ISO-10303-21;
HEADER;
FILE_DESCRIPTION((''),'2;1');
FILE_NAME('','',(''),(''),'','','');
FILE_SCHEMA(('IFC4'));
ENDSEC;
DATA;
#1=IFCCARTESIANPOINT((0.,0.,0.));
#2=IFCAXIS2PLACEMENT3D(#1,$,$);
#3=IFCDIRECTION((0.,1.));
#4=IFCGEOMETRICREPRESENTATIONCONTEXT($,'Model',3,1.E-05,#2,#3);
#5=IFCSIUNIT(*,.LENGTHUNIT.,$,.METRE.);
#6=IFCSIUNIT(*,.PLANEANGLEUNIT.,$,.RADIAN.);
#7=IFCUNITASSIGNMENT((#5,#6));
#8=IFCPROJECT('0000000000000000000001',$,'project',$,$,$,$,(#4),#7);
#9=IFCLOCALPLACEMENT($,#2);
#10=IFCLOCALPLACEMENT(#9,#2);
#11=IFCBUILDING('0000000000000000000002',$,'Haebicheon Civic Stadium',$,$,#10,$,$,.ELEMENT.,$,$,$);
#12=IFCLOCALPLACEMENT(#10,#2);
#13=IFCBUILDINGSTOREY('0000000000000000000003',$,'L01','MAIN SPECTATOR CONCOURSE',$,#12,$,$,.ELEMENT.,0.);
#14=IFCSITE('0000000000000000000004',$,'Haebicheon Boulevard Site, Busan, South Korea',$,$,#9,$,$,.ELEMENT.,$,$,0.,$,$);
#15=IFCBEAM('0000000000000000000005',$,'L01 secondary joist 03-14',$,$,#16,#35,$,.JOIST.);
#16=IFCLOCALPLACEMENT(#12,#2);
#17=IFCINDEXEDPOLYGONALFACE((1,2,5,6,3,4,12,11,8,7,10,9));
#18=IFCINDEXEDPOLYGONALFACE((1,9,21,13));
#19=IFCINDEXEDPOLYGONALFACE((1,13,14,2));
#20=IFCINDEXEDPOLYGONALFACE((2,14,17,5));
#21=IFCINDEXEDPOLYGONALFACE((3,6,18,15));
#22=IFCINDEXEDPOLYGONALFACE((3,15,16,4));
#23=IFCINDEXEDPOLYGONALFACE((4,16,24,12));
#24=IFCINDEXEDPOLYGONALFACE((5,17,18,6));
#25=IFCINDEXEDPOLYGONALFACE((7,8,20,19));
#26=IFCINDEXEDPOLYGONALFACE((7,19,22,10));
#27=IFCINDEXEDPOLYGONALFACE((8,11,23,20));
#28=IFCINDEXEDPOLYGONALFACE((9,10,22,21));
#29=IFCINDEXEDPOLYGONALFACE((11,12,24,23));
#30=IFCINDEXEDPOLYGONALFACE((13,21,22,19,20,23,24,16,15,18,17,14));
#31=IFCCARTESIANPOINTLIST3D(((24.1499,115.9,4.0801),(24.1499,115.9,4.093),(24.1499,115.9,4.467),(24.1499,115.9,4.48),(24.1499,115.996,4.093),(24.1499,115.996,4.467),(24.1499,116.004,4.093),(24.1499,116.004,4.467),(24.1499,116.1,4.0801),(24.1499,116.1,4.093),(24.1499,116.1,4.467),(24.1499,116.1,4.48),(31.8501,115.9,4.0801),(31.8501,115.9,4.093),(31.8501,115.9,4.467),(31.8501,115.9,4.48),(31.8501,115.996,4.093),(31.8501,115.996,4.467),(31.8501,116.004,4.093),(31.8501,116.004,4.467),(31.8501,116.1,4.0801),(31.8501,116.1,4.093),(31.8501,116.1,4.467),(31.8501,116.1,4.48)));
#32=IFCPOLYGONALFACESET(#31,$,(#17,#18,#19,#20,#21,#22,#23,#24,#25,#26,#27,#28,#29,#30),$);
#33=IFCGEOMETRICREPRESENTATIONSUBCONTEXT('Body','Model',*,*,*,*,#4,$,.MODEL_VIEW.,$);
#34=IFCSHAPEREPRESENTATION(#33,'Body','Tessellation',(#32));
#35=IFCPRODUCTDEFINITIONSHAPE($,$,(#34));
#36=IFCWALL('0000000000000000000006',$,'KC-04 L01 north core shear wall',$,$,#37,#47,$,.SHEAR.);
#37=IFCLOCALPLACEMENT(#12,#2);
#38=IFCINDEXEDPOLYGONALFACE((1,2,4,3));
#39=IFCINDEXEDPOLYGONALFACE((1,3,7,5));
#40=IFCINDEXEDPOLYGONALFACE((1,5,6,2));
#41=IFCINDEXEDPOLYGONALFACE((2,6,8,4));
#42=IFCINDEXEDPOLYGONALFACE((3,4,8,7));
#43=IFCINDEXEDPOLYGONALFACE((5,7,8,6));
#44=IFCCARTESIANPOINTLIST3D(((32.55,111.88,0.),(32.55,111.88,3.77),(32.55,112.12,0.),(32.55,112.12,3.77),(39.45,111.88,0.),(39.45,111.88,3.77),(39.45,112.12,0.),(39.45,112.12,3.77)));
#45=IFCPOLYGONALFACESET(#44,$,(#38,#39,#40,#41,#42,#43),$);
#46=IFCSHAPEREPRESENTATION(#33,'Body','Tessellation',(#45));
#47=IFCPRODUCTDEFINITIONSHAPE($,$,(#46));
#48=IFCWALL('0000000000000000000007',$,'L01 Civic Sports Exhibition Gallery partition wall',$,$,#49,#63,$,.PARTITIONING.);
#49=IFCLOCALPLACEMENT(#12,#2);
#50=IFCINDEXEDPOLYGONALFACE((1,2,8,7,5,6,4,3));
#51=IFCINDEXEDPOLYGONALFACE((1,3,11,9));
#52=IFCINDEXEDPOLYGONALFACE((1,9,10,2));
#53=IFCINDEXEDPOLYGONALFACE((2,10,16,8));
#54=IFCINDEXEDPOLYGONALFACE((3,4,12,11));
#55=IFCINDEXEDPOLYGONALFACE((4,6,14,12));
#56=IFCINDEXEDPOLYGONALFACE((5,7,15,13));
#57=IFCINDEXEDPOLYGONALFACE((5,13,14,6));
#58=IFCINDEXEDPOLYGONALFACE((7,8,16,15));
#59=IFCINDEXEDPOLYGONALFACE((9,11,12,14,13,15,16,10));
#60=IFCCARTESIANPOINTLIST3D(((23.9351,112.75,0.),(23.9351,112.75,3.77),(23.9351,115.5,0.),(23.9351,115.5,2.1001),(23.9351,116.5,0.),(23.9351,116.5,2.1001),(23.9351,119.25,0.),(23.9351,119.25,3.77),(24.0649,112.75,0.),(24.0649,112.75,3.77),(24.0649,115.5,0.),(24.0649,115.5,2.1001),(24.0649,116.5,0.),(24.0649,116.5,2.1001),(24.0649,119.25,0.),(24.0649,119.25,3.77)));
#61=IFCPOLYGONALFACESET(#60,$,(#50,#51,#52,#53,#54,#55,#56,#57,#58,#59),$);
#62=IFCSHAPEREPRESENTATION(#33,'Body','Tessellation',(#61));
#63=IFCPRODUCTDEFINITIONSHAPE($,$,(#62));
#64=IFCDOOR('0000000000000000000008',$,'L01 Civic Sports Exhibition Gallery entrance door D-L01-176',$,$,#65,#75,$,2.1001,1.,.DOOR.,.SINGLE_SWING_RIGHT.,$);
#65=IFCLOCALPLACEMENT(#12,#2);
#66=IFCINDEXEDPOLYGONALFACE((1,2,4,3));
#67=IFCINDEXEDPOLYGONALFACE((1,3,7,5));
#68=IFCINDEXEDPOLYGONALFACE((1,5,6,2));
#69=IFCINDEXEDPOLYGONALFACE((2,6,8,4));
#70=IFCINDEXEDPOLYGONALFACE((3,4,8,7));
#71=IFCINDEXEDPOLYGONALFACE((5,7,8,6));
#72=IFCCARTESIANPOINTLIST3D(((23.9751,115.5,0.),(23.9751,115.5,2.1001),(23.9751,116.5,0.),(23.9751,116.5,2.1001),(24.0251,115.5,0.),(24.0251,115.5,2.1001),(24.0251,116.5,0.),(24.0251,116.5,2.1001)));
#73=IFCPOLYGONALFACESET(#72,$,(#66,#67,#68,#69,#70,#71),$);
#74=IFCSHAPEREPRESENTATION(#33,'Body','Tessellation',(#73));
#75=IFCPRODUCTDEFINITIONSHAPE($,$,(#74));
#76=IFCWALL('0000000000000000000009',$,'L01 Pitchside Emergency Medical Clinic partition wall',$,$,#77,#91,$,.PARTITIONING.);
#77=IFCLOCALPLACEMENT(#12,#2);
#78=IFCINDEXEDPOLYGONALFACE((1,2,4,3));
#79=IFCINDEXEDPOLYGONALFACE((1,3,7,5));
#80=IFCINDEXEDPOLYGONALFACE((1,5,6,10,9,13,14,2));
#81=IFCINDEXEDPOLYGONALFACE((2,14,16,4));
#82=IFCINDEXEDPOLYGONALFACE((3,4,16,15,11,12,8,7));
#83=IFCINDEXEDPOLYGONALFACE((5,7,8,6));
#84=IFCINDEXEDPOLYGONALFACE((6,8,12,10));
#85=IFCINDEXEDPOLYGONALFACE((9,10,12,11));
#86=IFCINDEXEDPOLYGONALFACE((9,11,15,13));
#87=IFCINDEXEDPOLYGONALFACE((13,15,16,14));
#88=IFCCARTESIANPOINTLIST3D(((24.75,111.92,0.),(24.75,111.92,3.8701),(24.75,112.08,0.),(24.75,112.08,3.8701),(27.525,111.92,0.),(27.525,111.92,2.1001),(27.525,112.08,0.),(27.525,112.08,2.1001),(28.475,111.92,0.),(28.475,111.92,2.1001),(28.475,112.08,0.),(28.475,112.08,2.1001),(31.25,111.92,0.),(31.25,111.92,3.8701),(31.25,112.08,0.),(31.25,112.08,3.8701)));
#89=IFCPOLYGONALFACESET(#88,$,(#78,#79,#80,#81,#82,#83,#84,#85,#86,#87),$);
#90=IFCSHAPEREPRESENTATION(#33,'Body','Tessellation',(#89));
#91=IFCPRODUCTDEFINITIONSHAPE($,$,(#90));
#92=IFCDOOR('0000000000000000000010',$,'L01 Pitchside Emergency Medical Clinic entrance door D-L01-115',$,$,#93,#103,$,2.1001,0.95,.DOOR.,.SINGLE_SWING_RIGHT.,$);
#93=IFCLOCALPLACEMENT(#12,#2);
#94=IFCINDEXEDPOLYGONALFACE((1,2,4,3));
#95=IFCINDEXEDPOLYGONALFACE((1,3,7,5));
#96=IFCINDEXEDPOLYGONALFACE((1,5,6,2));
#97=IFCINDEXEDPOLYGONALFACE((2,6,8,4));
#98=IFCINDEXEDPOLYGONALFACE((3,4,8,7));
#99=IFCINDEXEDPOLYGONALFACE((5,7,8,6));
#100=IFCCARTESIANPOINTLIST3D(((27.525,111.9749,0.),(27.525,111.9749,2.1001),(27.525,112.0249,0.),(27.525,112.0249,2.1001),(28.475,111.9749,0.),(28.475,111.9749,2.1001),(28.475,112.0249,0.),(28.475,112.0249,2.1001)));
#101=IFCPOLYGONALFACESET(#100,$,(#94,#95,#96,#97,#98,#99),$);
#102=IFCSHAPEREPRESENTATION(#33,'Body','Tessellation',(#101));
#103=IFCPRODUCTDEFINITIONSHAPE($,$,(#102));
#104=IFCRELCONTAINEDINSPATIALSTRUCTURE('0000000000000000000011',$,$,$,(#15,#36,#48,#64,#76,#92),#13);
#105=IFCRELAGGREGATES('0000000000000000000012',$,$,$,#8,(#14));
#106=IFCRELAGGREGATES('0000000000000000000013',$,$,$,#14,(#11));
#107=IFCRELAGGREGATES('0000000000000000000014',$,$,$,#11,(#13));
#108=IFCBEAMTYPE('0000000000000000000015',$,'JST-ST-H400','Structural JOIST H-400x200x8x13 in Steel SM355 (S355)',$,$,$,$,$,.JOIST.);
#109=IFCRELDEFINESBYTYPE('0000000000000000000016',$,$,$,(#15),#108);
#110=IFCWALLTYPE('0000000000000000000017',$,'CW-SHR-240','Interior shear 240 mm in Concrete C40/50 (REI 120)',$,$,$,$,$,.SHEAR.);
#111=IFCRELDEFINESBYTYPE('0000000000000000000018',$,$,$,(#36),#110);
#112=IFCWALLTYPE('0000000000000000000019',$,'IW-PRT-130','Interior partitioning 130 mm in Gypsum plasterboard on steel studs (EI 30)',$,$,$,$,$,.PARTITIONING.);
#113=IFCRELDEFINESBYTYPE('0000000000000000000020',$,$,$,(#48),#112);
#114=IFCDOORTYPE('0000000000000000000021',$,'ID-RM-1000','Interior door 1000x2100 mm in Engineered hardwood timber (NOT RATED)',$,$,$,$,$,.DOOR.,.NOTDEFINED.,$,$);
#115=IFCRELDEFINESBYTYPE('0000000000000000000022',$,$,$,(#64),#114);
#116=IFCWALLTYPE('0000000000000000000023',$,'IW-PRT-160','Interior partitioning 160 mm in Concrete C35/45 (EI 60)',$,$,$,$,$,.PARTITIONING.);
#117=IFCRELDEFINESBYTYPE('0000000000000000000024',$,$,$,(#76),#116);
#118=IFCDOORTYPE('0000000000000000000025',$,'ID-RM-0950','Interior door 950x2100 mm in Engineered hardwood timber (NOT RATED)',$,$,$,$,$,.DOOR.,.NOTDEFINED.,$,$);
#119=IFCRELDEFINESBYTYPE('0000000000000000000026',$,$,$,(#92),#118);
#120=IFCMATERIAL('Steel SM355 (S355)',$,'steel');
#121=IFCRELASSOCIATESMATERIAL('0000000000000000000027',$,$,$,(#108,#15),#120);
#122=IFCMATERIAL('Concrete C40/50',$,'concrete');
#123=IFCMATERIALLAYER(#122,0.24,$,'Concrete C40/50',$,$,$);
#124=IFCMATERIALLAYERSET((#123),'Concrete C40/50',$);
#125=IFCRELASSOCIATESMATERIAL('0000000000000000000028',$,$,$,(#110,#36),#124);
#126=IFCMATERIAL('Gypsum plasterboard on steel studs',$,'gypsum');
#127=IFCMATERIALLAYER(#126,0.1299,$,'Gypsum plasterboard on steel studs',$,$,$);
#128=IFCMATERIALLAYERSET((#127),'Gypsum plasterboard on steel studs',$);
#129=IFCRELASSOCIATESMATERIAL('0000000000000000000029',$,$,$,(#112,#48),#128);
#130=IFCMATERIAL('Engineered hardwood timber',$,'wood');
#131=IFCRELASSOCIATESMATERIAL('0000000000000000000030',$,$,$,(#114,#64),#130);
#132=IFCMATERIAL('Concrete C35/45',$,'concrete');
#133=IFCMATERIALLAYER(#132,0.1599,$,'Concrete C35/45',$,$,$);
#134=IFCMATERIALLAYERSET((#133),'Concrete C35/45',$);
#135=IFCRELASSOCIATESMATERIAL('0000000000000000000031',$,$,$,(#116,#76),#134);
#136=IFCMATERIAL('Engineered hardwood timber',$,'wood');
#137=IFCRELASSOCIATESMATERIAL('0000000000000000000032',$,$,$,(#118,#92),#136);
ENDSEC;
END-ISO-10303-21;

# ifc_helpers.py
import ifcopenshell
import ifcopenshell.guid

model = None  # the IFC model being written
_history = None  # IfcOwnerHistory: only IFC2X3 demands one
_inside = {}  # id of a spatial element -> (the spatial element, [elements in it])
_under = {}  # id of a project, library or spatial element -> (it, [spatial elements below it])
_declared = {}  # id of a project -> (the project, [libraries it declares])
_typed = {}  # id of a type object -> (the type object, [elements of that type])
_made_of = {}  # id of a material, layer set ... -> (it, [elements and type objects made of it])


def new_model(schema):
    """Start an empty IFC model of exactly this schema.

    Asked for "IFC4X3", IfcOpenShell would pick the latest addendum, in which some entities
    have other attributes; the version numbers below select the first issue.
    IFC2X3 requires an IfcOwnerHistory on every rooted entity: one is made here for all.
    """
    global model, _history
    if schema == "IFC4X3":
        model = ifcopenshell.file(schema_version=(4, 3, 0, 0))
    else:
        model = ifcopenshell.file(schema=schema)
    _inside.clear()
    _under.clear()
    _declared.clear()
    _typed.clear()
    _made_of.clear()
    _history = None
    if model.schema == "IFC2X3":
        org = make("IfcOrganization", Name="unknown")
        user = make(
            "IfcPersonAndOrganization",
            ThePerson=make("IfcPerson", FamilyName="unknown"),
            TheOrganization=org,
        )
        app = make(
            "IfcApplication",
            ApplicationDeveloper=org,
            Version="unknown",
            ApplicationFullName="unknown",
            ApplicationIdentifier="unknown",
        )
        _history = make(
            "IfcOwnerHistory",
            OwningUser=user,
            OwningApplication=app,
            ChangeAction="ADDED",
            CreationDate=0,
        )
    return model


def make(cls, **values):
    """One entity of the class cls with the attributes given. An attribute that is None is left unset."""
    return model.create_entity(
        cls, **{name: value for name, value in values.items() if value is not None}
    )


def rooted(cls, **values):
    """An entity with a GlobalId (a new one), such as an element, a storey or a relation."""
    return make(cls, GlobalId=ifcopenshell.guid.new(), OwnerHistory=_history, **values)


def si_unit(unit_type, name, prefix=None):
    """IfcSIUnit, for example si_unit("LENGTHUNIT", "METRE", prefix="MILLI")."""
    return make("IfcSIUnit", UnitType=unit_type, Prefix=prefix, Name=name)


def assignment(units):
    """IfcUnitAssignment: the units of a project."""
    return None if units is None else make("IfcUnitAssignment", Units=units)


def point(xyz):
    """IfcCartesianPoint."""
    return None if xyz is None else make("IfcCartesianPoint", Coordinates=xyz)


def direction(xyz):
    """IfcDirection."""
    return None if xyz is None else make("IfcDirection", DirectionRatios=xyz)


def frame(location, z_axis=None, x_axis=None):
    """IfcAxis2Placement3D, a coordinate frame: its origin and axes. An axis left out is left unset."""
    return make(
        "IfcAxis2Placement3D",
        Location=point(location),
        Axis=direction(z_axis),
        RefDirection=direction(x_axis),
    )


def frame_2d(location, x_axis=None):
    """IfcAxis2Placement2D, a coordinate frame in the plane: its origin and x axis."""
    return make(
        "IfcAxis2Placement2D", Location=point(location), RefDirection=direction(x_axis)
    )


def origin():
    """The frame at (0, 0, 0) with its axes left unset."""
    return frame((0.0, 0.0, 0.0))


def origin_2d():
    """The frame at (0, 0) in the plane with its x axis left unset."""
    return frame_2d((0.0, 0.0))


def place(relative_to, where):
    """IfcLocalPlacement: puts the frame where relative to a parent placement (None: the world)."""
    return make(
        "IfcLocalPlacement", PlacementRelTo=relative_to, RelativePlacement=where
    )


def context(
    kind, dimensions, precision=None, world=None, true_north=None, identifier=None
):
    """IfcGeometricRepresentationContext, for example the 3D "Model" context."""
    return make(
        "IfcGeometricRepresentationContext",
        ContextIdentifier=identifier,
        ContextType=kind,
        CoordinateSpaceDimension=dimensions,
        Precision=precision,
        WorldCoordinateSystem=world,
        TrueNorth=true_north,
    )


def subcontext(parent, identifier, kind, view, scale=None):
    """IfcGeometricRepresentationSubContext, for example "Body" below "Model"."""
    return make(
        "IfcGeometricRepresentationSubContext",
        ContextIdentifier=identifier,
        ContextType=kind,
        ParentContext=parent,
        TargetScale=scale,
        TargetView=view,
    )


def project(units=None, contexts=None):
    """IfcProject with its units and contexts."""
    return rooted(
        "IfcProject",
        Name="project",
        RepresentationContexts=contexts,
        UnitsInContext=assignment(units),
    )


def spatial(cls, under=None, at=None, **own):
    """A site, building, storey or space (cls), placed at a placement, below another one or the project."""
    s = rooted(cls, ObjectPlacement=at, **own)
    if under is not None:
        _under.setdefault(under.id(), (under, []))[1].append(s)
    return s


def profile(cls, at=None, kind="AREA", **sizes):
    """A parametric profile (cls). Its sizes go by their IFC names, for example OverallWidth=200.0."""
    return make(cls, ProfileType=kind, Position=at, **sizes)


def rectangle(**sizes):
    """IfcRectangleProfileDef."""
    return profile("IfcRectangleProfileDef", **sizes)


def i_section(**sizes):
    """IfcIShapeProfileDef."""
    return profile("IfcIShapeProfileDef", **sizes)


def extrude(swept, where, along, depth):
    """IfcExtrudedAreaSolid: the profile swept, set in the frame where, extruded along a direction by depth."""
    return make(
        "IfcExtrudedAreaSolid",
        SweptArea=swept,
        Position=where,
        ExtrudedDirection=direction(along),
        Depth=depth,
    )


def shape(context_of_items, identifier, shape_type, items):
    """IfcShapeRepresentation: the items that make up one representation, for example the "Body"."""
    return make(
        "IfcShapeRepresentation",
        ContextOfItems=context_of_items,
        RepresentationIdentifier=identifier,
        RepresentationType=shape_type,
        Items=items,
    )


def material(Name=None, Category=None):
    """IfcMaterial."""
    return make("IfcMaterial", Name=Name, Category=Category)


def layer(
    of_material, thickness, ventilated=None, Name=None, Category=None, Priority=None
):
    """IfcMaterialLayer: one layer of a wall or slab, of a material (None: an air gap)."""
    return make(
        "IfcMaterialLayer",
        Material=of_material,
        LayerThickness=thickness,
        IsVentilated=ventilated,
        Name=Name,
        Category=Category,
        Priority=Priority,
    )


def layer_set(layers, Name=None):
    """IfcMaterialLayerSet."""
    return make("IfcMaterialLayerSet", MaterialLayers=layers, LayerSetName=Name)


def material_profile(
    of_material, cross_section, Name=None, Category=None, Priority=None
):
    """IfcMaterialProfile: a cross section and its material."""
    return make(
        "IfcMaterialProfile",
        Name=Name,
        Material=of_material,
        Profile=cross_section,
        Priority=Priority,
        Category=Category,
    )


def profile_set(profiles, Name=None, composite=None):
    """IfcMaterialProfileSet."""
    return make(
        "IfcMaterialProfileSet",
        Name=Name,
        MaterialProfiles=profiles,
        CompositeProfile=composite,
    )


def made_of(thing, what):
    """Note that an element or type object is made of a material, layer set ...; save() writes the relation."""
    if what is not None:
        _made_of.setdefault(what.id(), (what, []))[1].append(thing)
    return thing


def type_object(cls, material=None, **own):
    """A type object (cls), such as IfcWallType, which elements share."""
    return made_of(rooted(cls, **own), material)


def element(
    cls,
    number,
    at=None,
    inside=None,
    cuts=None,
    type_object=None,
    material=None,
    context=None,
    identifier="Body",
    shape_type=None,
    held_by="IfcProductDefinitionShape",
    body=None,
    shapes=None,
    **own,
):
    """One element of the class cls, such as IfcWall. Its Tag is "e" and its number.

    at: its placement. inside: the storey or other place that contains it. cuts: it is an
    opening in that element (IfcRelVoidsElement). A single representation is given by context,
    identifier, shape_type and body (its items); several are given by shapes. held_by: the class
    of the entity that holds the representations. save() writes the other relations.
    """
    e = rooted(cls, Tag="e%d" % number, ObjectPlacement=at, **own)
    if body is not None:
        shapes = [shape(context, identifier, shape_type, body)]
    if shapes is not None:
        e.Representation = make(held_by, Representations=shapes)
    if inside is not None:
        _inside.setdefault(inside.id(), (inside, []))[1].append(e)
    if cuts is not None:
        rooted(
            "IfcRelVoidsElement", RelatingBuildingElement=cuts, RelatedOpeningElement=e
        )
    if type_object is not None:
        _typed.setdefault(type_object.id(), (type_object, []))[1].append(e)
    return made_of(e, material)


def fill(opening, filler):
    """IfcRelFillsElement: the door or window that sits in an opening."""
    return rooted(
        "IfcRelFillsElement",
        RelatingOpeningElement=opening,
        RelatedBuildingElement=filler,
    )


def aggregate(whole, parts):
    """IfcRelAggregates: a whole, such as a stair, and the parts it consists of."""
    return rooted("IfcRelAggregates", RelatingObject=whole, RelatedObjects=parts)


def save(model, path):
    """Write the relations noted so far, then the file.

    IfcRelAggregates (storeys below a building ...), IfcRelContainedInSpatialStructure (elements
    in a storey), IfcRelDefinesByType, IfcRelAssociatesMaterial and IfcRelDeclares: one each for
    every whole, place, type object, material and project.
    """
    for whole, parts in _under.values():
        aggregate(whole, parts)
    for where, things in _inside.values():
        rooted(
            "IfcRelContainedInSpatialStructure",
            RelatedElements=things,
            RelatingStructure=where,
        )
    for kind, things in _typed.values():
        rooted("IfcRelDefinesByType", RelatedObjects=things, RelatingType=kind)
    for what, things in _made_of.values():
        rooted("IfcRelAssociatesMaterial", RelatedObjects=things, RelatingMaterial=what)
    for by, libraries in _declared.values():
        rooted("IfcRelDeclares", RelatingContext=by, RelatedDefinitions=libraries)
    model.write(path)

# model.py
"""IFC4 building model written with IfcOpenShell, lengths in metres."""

from ifc_helpers import new_model, si_unit, direction, frame, frame_2d, origin, origin_2d, place, context, subcontext, project, spatial, rectangle, i_section, extrude, material, layer, layer_set, material_profile, profile_set, type_object, element, fill, save


model = new_model("IFC4")

# Units and contexts
model_context = context("Model", 3, precision=1e-05, world=origin(), true_north=direction((0.0, 1.0)))
body_context = subcontext(model_context, "Body", "Model", "MODEL_VIEW")
ifc_project = project(units=[si_unit("LENGTHUNIT", "METRE"), si_unit("PLANEANGLEUNIT", "RADIAN")], contexts=[model_context])

# Site, building, storey
site_placement = place(None, origin())
site = spatial("IfcSite", under=ifc_project, at=site_placement, Name="Haebicheon Boulevard Site, Busan, South Korea", CompositionType="ELEMENT", RefElevation=0.0)
building_placement = place(site_placement, origin())
building = spatial("IfcBuilding", under=site, at=building_placement, Name="Haebicheon Civic Stadium", CompositionType="ELEMENT")
storey_placement = place(building_placement, origin())
storey = spatial("IfcBuildingStorey", under=building, at=storey_placement, Name="L01", Description="MAIN SPECTATOR CONCOURSE", CompositionType="ELEMENT", Elevation=0.0)

# Beam
ifc_material_1 = material(Name="Steel SM355 (S355)", Category="steel")
ifc_material_profile_1 = material_profile(ifc_material_1, i_section(OverallWidth=0.2, OverallDepth=0.3999, WebThickness=0.0081, FlangeThickness=0.0129, at=origin_2d()), Name="H-400x200x8x13")
ifc_profile_set_1 = profile_set([ifc_material_profile_1], Name="Steel SM355 (S355)")
beam_type_1 = type_object("IfcBeamType", Name="JST-ST-H400", Description="Structural JOIST H-400x200x8x13 in Steel SM355 (S355)", PredefinedType="JOIST", material=ifc_profile_set_1)
beam_1_placement = place(storey_placement, frame((24.1499, 116.0, 4.28), z_axis=(1.0, 0.0, 0.0), x_axis=(0.0, 1.0, 0.0)))
element("IfcBeam", 1, at=beam_1_placement, inside=storey, type_object=beam_type_1, material=ifc_profile_set_1, Name="L01 secondary joist 03-14", PredefinedType="JOIST", context=body_context, shape_type="SweptSolid", body=[
    extrude(i_section(OverallWidth=0.2, OverallDepth=0.3999, WebThickness=0.0081, FlangeThickness=0.0129, at=origin_2d()), origin(), (0.0, 0.0, 1.0), 7.7002),
])

# Wall
ifc_material_2 = material(Name="Concrete C40/50", Category="concrete")
ifc_layer_1 = layer(ifc_material_2, 0.24, Name="Concrete C40/50")
ifc_layer_set_1 = layer_set([ifc_layer_1], Name="Concrete C40/50")
wall_type_1 = type_object("IfcWallType", Name="CW-SHR-240", Description="Interior shear 240 mm in Concrete C40/50 (REI 120)", PredefinedType="SHEAR", material=ifc_layer_set_1)
wall_1_placement = place(storey_placement, frame((32.55, 112.0, 0.0), z_axis=(0.0, 0.0, 1.0), x_axis=(1.0, 0.0, 0.0)))
element("IfcWall", 2, at=wall_1_placement, inside=storey, type_object=wall_type_1, material=ifc_layer_set_1, Name="KC-04 L01 north core shear wall", PredefinedType="SHEAR", context=body_context, shape_type="SweptSolid", body=[
    extrude(rectangle(XDim=6.8999, YDim=0.24, at=frame_2d((3.45, 0.0))), origin(), (0.0, 0.0, 1.0), 3.77),
])

# Walls, openings, doors
ifc_material_3 = material(Name="Gypsum plasterboard on steel studs", Category="gypsum")
ifc_layer_2 = layer(ifc_material_3, 0.1299, Name="Gypsum plasterboard on steel studs")
ifc_layer_set_2 = layer_set([ifc_layer_2], Name="Gypsum plasterboard on steel studs")
wall_type_2 = type_object("IfcWallType", Name="IW-PRT-130", Description="Interior partitioning 130 mm in Gypsum plasterboard on steel studs (EI 30)", PredefinedType="PARTITIONING", material=ifc_layer_set_2)
wall_2_placement = place(storey_placement, frame((24.0, 112.75, 0.0), z_axis=(0.0, 0.0, 1.0), x_axis=(0.0, 1.0, 0.0)))
wall_2 = element("IfcWall", 3, at=wall_2_placement, inside=storey, type_object=wall_type_2, material=ifc_layer_set_2, Name="L01 Civic Sports Exhibition Gallery partition wall", PredefinedType="PARTITIONING", context=body_context, shape_type="SweptSolid", body=[
    extrude(rectangle(XDim=6.5, YDim=0.1299, at=frame_2d((3.25, 0.0))), origin(), (0.0, 0.0, 1.0), 3.77),
])
opening_1_placement = place(wall_2_placement, frame((2.75, 0.0, 0.0)))
opening_1 = element("IfcOpeningElement", 4, at=opening_1_placement, cuts=wall_2, PredefinedType="OPENING", context=body_context, shape_type="SweptSolid", body=[
    extrude(rectangle(XDim=1.0, YDim=2.1001, at=frame_2d((0.5, 1.05))), frame((0.0, 0.075, 0.0), z_axis=(0.0, -1.0, 0.0), x_axis=(1.0, 0.0, 0.0)), (0.0, 0.0, 1.0), 0.1499),
])
ifc_material_4 = material(Name="Engineered hardwood timber", Category="wood")
door_type_1 = type_object("IfcDoorType", Name="ID-RM-1000", Description="Interior door 1000x2100 mm in Engineered hardwood timber (NOT RATED)", OperationType="NOTDEFINED", PredefinedType="DOOR", material=ifc_material_4)
door_1_placement = place(opening_1_placement, origin())
door_1 = element("IfcDoor", 5, at=door_1_placement, inside=storey, type_object=door_type_1, material=ifc_material_4, Name="L01 Civic Sports Exhibition Gallery entrance door D-L01-176", OperationType="SINGLE_SWING_RIGHT", OverallHeight=2.1001, OverallWidth=1.0, PredefinedType="DOOR", context=body_context, shape_type="SweptSolid", body=[
    extrude(rectangle(XDim=1.0, YDim=2.1001, at=frame_2d((0.5, 1.05))), frame((0.0, 0.0249, 0.0), z_axis=(0.0, -1.0, 0.0), x_axis=(1.0, 0.0, 0.0)), (0.0, 0.0, 1.0), 0.05),
])
fill(opening_1, door_1)
ifc_material_5 = material(Name="Concrete C35/45", Category="concrete")
ifc_layer_3 = layer(ifc_material_5, 0.1599, Name="Concrete C35/45")
ifc_layer_set_3 = layer_set([ifc_layer_3], Name="Concrete C35/45")
wall_type_3 = type_object("IfcWallType", Name="IW-PRT-160", Description="Interior partitioning 160 mm in Concrete C35/45 (EI 60)", PredefinedType="PARTITIONING", material=ifc_layer_set_3)
wall_3_placement = place(storey_placement, frame((24.75, 112.0, 0.0), z_axis=(0.0, 0.0, 1.0), x_axis=(1.0, 0.0, 0.0)))
wall_3 = element("IfcWall", 6, at=wall_3_placement, inside=storey, type_object=wall_type_3, material=ifc_layer_set_3, Name="L01 Pitchside Emergency Medical Clinic partition wall", PredefinedType="PARTITIONING", context=body_context, shape_type="SweptSolid", body=[
    extrude(rectangle(XDim=6.5, YDim=0.1599, at=frame_2d((3.25, 0.0))), origin(), (0.0, 0.0, 1.0), 3.8701),
])
opening_2_placement = place(wall_3_placement, frame((2.7749, 0.0, 0.0)))
opening_2 = element("IfcOpeningElement", 7, at=opening_2_placement, cuts=wall_3, PredefinedType="OPENING", context=body_context, shape_type="SweptSolid", body=[
    extrude(rectangle(XDim=0.95, YDim=2.1001, at=frame_2d((0.4751, 1.05))), frame((0.0, 0.0898, 0.0), z_axis=(0.0, -1.0, 0.0), x_axis=(1.0, 0.0, 0.0)), (0.0, 0.0, 1.0), 0.1799),
])
ifc_material_6 = material(Name="Engineered hardwood timber", Category="wood")
door_type_2 = type_object("IfcDoorType", Name="ID-RM-0950", Description="Interior door 950x2100 mm in Engineered hardwood timber (NOT RATED)", OperationType="NOTDEFINED", PredefinedType="DOOR", material=ifc_material_6)
door_2_placement = place(opening_2_placement, origin())
door_2 = element("IfcDoor", 8, at=door_2_placement, inside=storey, type_object=door_type_2, material=ifc_material_6, Name="L01 Pitchside Emergency Medical Clinic entrance door D-L01-115", OperationType="SINGLE_SWING_RIGHT", OverallHeight=2.1001, OverallWidth=0.95, PredefinedType="DOOR", context=body_context, shape_type="SweptSolid", body=[
    extrude(rectangle(XDim=0.95, YDim=2.1001, at=frame_2d((0.4751, 1.05))), frame((0.0, 0.0249, 0.0), z_axis=(0.0, -1.0, 0.0), x_axis=(1.0, 0.0, 0.0)), (0.0, 0.0, 1.0), 0.05),
])
fill(opening_2, door_2)

save(model, "model.ifc")
